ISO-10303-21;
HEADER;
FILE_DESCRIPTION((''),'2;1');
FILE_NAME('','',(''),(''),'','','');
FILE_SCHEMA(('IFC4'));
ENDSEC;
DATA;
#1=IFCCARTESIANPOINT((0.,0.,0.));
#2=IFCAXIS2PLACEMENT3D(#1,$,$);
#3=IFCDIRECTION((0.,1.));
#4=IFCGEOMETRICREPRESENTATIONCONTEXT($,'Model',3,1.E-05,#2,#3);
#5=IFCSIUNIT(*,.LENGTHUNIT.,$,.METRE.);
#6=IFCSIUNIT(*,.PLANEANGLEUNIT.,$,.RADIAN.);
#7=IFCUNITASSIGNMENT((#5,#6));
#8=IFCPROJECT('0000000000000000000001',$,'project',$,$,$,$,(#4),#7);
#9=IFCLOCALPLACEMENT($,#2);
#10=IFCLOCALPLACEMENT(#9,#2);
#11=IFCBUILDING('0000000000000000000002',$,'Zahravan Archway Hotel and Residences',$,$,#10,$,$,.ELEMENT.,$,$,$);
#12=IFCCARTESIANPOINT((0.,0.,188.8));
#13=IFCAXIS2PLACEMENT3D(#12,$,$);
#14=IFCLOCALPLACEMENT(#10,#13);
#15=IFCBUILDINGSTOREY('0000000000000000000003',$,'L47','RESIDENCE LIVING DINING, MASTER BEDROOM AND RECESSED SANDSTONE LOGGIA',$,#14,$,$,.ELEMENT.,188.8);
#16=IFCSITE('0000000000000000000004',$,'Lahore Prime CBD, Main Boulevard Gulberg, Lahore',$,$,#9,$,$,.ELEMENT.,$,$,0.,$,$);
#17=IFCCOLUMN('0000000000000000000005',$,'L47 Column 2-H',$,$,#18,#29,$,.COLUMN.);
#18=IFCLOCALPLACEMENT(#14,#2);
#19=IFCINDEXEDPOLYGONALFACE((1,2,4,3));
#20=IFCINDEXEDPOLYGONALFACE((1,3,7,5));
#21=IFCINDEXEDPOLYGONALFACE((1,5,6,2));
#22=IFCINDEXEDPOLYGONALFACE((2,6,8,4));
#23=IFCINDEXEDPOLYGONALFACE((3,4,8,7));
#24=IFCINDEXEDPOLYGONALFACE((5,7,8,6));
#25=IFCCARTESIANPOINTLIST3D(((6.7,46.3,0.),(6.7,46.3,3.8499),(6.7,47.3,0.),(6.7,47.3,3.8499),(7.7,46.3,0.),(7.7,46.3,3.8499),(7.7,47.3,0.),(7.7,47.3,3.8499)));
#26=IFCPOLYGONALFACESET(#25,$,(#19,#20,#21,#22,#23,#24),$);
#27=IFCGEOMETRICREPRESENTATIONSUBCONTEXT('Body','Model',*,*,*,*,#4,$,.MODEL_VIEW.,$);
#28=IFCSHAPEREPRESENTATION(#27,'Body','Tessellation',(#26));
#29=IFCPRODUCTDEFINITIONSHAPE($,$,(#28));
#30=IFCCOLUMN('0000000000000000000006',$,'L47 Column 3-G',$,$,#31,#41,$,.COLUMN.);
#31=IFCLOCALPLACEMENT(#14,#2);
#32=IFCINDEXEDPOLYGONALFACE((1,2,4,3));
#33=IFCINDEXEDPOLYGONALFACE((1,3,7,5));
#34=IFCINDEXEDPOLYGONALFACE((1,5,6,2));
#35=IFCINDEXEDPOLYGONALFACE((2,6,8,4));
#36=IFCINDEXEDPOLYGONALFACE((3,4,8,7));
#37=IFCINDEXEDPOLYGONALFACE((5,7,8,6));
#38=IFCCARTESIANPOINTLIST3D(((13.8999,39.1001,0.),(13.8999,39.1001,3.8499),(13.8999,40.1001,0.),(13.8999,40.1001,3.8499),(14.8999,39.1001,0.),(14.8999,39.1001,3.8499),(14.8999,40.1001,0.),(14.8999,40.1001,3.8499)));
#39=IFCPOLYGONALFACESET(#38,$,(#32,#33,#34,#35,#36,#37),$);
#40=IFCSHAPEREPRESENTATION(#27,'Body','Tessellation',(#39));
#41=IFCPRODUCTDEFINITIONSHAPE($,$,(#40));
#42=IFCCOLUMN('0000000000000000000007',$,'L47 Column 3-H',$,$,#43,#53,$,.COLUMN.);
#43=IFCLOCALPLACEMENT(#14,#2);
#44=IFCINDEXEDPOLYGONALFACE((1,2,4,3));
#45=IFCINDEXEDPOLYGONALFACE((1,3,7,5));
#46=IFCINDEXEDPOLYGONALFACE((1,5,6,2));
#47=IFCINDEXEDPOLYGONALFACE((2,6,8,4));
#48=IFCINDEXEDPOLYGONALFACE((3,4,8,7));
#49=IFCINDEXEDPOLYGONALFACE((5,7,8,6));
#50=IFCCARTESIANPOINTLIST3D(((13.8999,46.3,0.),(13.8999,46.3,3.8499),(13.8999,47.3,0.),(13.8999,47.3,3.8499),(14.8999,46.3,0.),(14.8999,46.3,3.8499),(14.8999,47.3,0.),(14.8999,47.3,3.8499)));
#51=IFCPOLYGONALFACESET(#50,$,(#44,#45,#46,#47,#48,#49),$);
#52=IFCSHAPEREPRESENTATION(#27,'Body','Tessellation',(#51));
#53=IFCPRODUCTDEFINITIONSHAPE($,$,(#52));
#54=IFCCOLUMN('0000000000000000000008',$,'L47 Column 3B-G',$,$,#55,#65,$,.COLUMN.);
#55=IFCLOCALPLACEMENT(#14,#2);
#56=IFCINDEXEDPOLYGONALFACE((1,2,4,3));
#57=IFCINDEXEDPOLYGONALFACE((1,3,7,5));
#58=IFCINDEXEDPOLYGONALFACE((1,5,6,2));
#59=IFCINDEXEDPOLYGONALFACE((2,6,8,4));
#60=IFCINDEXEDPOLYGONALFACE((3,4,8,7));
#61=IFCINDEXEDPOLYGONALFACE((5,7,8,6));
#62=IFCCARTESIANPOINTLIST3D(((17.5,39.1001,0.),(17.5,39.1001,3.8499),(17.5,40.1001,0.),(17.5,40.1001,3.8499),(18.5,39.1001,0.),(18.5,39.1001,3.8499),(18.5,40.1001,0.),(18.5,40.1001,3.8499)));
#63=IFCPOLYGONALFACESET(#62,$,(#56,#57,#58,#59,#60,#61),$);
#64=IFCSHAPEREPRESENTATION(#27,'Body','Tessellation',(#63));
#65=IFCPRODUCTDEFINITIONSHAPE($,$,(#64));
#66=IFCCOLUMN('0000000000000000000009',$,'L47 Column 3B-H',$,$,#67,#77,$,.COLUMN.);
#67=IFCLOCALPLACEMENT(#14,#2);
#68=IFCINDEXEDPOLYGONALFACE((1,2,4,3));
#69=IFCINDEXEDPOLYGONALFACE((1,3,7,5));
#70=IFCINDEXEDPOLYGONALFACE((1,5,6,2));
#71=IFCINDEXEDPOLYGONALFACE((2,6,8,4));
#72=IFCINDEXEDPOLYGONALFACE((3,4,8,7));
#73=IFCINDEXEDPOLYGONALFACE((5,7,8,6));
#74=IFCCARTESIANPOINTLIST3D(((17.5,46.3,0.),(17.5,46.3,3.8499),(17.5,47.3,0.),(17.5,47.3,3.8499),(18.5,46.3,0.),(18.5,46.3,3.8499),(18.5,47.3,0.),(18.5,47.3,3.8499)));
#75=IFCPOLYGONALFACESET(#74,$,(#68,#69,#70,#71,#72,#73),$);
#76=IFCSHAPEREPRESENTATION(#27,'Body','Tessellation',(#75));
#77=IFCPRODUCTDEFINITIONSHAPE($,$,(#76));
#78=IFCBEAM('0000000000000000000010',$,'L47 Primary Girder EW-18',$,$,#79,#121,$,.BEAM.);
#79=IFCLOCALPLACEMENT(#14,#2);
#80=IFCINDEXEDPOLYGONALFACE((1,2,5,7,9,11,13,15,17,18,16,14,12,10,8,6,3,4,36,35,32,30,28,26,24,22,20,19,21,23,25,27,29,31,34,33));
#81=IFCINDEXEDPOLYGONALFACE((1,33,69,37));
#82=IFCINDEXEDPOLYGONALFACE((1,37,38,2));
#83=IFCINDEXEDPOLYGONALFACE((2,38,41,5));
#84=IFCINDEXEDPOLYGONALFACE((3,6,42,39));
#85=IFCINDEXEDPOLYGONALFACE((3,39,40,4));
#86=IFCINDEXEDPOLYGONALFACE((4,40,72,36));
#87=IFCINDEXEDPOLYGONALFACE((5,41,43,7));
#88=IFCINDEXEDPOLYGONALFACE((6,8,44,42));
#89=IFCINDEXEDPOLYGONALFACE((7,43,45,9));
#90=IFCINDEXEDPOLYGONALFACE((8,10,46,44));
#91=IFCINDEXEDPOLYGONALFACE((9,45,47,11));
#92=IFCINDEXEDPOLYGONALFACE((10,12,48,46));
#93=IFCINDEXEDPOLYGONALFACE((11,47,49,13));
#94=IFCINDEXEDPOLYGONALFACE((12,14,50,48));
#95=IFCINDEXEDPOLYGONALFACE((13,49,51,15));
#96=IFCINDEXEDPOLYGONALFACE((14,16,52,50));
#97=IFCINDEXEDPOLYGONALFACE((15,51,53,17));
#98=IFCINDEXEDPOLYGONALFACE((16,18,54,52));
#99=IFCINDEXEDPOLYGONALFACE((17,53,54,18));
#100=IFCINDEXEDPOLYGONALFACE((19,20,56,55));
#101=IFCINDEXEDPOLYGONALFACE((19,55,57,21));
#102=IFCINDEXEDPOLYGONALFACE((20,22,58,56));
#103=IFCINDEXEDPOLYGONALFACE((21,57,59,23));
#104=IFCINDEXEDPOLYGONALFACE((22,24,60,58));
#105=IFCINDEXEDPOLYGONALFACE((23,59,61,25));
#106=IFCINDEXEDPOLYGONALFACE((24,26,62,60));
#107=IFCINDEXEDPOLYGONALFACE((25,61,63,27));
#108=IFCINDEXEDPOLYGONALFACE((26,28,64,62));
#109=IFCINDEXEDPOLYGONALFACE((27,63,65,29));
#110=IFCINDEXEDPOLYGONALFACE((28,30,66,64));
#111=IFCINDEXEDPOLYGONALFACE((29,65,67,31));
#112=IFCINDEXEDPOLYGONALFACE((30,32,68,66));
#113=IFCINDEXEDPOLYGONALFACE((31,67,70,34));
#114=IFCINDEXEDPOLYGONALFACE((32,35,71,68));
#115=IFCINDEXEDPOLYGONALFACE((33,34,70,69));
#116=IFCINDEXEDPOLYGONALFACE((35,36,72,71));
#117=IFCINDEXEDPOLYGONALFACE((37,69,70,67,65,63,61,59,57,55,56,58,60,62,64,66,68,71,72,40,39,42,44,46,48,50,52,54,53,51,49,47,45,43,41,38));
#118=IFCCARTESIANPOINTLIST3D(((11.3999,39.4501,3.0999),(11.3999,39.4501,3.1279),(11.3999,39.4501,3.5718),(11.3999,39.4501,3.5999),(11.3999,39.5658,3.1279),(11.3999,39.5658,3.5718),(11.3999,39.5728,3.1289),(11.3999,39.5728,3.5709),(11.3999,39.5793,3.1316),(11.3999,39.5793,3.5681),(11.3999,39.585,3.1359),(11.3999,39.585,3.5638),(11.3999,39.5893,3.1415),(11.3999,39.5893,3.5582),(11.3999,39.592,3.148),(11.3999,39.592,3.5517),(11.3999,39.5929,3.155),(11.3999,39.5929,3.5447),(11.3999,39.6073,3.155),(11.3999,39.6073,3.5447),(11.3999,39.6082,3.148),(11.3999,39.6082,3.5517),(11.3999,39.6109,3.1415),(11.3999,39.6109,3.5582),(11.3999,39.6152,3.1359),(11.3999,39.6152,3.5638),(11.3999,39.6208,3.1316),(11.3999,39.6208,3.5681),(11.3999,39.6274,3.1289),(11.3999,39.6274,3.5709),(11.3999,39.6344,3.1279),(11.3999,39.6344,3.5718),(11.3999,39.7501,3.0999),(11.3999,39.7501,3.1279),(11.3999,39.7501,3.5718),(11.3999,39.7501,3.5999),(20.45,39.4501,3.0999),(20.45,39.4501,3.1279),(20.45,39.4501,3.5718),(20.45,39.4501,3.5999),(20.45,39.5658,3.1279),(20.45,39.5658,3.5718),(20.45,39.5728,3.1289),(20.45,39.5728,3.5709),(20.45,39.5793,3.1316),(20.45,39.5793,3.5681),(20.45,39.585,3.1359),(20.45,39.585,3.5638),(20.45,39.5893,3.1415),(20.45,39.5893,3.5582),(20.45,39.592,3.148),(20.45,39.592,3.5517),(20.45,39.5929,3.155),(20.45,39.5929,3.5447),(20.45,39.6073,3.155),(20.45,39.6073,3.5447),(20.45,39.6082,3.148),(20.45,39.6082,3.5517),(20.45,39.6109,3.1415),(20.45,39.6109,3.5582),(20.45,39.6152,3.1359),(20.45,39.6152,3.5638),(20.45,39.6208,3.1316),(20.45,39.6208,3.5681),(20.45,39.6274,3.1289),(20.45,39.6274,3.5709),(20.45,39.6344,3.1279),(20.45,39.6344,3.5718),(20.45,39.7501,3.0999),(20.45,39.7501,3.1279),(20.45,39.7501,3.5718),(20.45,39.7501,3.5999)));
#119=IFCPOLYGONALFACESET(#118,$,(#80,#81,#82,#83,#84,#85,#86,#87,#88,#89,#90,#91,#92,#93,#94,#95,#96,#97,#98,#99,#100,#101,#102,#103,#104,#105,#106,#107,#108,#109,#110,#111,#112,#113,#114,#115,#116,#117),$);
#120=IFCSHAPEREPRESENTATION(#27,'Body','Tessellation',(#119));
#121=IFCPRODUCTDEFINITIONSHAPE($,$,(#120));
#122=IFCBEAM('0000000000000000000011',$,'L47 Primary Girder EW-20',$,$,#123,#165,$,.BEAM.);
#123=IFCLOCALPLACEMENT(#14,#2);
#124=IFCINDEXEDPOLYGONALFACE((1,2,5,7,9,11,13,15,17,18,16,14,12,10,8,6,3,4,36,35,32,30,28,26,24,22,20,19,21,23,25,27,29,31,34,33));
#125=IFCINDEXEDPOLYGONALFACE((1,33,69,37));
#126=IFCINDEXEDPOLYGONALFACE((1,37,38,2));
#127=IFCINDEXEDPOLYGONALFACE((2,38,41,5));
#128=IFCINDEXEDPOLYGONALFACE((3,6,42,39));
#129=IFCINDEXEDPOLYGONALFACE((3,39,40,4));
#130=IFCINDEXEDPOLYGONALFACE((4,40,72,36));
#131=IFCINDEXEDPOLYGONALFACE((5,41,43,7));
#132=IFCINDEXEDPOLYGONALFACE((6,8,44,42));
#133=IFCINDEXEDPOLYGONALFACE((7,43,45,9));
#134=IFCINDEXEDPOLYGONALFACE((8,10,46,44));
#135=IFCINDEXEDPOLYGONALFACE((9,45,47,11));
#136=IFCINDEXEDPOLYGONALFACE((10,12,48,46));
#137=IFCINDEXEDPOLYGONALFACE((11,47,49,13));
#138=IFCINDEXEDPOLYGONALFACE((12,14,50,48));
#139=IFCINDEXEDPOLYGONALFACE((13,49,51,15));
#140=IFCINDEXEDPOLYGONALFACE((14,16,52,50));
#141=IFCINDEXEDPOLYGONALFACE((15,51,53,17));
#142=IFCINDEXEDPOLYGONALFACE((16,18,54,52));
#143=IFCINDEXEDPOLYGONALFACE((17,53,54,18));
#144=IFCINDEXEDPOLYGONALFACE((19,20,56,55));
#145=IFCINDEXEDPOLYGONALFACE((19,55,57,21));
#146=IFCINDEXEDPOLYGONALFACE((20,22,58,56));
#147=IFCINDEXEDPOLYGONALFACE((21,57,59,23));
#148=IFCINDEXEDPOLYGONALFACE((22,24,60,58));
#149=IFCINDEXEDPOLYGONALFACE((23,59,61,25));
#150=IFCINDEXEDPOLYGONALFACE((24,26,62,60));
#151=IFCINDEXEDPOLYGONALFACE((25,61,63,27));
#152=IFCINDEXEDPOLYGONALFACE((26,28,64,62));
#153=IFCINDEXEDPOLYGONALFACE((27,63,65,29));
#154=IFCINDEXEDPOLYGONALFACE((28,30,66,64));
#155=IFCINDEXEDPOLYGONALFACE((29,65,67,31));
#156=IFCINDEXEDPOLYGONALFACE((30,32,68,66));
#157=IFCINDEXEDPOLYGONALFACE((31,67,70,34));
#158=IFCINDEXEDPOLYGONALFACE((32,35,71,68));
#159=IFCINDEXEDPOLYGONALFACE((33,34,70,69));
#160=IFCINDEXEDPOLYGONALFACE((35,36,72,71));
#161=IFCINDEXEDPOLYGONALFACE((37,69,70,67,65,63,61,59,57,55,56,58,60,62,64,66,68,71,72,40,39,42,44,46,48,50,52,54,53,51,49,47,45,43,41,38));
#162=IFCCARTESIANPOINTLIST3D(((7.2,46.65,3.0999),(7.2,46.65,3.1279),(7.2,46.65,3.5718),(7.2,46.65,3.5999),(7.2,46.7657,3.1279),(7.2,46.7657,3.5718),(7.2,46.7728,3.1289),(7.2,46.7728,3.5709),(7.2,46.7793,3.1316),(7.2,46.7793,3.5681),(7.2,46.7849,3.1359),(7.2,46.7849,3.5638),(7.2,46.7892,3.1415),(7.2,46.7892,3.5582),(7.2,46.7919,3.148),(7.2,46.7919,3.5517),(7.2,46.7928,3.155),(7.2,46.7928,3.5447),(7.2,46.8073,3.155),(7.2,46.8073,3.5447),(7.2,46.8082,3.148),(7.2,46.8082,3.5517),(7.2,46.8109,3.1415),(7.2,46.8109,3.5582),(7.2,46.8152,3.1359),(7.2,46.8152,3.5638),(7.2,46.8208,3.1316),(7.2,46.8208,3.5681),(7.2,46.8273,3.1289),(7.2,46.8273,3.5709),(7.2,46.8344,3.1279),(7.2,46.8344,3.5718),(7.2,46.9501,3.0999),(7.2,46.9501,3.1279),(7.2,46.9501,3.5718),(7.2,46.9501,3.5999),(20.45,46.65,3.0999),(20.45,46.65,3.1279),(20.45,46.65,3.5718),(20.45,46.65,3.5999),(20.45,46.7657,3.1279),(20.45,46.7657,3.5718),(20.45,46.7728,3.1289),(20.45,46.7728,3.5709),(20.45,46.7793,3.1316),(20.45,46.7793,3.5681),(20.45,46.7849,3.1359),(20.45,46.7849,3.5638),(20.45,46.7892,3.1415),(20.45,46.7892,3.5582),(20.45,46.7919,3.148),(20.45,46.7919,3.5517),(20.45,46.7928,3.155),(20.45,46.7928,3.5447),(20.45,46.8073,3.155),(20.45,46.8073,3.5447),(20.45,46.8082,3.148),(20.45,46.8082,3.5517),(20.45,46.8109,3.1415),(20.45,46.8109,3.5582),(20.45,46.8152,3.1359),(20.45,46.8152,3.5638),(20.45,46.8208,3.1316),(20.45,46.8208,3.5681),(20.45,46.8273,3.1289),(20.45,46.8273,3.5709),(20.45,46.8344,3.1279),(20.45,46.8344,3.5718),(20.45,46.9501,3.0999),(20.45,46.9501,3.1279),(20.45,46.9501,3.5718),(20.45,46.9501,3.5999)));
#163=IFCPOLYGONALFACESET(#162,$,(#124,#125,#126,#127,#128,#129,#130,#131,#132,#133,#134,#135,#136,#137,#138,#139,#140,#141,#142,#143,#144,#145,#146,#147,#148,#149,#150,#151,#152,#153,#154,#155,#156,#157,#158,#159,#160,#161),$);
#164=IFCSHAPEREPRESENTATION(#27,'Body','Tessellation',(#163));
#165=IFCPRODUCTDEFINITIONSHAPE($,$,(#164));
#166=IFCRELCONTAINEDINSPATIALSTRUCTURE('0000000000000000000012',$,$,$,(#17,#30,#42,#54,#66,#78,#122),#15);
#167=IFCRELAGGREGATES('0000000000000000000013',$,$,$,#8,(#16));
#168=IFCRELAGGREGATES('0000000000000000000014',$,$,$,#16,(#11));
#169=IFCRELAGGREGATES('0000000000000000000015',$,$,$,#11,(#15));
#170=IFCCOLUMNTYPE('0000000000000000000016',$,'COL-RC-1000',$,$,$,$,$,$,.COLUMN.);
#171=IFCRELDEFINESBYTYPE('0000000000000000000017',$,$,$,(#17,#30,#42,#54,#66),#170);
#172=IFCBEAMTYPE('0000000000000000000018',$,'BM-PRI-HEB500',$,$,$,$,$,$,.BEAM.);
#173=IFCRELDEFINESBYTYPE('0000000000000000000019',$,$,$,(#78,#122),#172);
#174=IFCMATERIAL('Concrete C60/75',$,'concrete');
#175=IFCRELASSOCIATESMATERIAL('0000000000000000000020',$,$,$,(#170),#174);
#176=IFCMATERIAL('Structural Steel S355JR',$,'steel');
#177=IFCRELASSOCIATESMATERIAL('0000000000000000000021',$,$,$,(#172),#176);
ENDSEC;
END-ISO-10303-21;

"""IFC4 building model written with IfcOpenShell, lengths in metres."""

from ifc_helpers import new_model, si_unit, direction, frame, origin, origin_2d, place, context, subcontext, project, spatial, rectangle, i_section, extrude, source, transform, mapped, material, material_profile, profile_set, type_object, element, save


model = new_model("IFC4")

# Units and contexts
model_context = context("Model", 3, precision=1e-05, world=origin(), true_north=direction((0.0, 1.0)))
body_context = subcontext(model_context, "Body", "Model", "MODEL_VIEW")
ifc_project = project(units=[si_unit("LENGTHUNIT", "METRE"), si_unit("PLANEANGLEUNIT", "RADIAN")], contexts=[model_context])

# Site, building, storey
site_placement = place(None, origin())
site = spatial("IfcSite", under=ifc_project, at=site_placement, Name="Lahore Prime CBD, Main Boulevard Gulberg, Lahore", CompositionType="ELEMENT", RefElevation=0.0)
building_placement = place(site_placement, origin())
building = spatial("IfcBuilding", under=site, at=building_placement, Name="Zahravan Archway Hotel and Residences", CompositionType="ELEMENT")
storey_placement = place(building_placement, frame((0.0, 0.0, 188.8)))
storey = spatial("IfcBuildingStorey", under=building, at=storey_placement, Name="L47", Description="RESIDENCE LIVING DINING, MASTER BEDROOM AND RECESSED SANDSTONE LOGGIA", CompositionType="ELEMENT", Elevation=188.8)

# Columns
ifc_material_1 = material(Name="Concrete C60/75", Category="concrete")
ifc_material_profile_1 = material_profile(ifc_material_1, rectangle(XDim=1.0, YDim=1.0, at=origin_2d()), Name="RC-COL-1000x1000", Category="concrete")
ifc_profile_set_1 = profile_set([ifc_material_profile_1], Name="Concrete C60/75")
column_type = type_object("IfcColumnType", Name="COL-RC-1000", PredefinedType="COLUMN", material=ifc_profile_set_1)
shared_shape_1 = source(origin(), body_context, "Body", "SweptSolid", [
    extrude(rectangle(XDim=1.0, YDim=1.0, at=origin_2d()), origin(), (0.0, 0.0, 1.0), 3.8499),
])
for number, where, z_axis, x_axis, name in (
    (1, (7.2, 46.8, 0.0), (0.0, 0.0, 1.0), (1.0, 0.0, 0.0), "L47 Column 2-H"),
    (2, (14.3999, 39.6001, 0.0), (0.0, 0.0, 1.0), (1.0, 0.0, 0.0), "L47 Column 3-G"),
    (3, (14.3999, 46.8, 0.0), (0.0, 0.0, 1.0), (1.0, 0.0, 0.0), "L47 Column 3-H"),
    (4, (18.0, 39.6001, 0.0), (0.0, 0.0, 1.0), (1.0, 0.0, 0.0), "L47 Column 3B-G"),
    (5, (18.0, 46.8, 0.0), (0.0, 0.0, 1.0), (1.0, 0.0, 0.0), "L47 Column 3B-H"),
):
    element("IfcColumn", number, at=place(storey_placement, frame(where, z_axis=z_axis, x_axis=x_axis)), inside=storey, type_object=column_type, Name=name, PredefinedType="COLUMN", context=body_context, shape_type="MappedRepresentation", body=[
        mapped(shared_shape_1, transform((0.0, 0.0, 0.0), scale=1.0)),
    ])

# Beams
ifc_material_2 = material(Name="Structural Steel S355JR", Category="steel")
ifc_material_profile_2 = material_profile(ifc_material_2, i_section(OverallWidth=0.3, OverallDepth=0.5, WebThickness=0.0144, FlangeThickness=0.0281, FilletRadius=0.0271, at=origin_2d()), Name="HEB 500", Category="steel")
ifc_profile_set_2 = profile_set([ifc_material_profile_2], Name="Structural Steel S355JR")
beam_type_1 = type_object("IfcBeamType", Name="BM-PRI-HEB500", PredefinedType="BEAM", material=ifc_profile_set_2)
shared_shape_2 = source(origin(), body_context, "Body", "SweptSolid", [
    extrude(i_section(OverallWidth=0.3, OverallDepth=0.5, WebThickness=0.0144, FlangeThickness=0.0281, FilletRadius=0.0271, at=origin_2d()), origin(), (0.0, 0.0, 1.0), 9.05),
])
beam_1_placement = place(storey_placement, frame((11.3999, 39.6001, 3.3499), z_axis=(1.0, 0.0, 0.0), x_axis=(0.0, 1.0, 0.0)))
element("IfcBeam", 6, at=beam_1_placement, inside=storey, type_object=beam_type_1, Name="L47 Primary Girder EW-18", PredefinedType="BEAM", context=body_context, shape_type="MappedRepresentation", body=[
    mapped(shared_shape_2, transform((0.0, 0.0, 0.0), scale=1.0)),
])
shared_shape_3 = source(origin(), body_context, "Body", "SweptSolid", [
    extrude(i_section(OverallWidth=0.3, OverallDepth=0.5, WebThickness=0.0144, FlangeThickness=0.0281, FilletRadius=0.0271, at=origin_2d()), origin(), (0.0, 0.0, 1.0), 13.25),
])
beam_2_placement = place(storey_placement, frame((7.2, 46.8, 3.3499), z_axis=(1.0, 0.0, 0.0), x_axis=(0.0, 1.0, 0.0)))
element("IfcBeam", 7, at=beam_2_placement, inside=storey, type_object=beam_type_1, Name="L47 Primary Girder EW-20", PredefinedType="BEAM", context=body_context, shape_type="MappedRepresentation", body=[
    mapped(shared_shape_3, transform((0.0, 0.0, 0.0), scale=1.0)),
])

save(model, "model.ifc")
